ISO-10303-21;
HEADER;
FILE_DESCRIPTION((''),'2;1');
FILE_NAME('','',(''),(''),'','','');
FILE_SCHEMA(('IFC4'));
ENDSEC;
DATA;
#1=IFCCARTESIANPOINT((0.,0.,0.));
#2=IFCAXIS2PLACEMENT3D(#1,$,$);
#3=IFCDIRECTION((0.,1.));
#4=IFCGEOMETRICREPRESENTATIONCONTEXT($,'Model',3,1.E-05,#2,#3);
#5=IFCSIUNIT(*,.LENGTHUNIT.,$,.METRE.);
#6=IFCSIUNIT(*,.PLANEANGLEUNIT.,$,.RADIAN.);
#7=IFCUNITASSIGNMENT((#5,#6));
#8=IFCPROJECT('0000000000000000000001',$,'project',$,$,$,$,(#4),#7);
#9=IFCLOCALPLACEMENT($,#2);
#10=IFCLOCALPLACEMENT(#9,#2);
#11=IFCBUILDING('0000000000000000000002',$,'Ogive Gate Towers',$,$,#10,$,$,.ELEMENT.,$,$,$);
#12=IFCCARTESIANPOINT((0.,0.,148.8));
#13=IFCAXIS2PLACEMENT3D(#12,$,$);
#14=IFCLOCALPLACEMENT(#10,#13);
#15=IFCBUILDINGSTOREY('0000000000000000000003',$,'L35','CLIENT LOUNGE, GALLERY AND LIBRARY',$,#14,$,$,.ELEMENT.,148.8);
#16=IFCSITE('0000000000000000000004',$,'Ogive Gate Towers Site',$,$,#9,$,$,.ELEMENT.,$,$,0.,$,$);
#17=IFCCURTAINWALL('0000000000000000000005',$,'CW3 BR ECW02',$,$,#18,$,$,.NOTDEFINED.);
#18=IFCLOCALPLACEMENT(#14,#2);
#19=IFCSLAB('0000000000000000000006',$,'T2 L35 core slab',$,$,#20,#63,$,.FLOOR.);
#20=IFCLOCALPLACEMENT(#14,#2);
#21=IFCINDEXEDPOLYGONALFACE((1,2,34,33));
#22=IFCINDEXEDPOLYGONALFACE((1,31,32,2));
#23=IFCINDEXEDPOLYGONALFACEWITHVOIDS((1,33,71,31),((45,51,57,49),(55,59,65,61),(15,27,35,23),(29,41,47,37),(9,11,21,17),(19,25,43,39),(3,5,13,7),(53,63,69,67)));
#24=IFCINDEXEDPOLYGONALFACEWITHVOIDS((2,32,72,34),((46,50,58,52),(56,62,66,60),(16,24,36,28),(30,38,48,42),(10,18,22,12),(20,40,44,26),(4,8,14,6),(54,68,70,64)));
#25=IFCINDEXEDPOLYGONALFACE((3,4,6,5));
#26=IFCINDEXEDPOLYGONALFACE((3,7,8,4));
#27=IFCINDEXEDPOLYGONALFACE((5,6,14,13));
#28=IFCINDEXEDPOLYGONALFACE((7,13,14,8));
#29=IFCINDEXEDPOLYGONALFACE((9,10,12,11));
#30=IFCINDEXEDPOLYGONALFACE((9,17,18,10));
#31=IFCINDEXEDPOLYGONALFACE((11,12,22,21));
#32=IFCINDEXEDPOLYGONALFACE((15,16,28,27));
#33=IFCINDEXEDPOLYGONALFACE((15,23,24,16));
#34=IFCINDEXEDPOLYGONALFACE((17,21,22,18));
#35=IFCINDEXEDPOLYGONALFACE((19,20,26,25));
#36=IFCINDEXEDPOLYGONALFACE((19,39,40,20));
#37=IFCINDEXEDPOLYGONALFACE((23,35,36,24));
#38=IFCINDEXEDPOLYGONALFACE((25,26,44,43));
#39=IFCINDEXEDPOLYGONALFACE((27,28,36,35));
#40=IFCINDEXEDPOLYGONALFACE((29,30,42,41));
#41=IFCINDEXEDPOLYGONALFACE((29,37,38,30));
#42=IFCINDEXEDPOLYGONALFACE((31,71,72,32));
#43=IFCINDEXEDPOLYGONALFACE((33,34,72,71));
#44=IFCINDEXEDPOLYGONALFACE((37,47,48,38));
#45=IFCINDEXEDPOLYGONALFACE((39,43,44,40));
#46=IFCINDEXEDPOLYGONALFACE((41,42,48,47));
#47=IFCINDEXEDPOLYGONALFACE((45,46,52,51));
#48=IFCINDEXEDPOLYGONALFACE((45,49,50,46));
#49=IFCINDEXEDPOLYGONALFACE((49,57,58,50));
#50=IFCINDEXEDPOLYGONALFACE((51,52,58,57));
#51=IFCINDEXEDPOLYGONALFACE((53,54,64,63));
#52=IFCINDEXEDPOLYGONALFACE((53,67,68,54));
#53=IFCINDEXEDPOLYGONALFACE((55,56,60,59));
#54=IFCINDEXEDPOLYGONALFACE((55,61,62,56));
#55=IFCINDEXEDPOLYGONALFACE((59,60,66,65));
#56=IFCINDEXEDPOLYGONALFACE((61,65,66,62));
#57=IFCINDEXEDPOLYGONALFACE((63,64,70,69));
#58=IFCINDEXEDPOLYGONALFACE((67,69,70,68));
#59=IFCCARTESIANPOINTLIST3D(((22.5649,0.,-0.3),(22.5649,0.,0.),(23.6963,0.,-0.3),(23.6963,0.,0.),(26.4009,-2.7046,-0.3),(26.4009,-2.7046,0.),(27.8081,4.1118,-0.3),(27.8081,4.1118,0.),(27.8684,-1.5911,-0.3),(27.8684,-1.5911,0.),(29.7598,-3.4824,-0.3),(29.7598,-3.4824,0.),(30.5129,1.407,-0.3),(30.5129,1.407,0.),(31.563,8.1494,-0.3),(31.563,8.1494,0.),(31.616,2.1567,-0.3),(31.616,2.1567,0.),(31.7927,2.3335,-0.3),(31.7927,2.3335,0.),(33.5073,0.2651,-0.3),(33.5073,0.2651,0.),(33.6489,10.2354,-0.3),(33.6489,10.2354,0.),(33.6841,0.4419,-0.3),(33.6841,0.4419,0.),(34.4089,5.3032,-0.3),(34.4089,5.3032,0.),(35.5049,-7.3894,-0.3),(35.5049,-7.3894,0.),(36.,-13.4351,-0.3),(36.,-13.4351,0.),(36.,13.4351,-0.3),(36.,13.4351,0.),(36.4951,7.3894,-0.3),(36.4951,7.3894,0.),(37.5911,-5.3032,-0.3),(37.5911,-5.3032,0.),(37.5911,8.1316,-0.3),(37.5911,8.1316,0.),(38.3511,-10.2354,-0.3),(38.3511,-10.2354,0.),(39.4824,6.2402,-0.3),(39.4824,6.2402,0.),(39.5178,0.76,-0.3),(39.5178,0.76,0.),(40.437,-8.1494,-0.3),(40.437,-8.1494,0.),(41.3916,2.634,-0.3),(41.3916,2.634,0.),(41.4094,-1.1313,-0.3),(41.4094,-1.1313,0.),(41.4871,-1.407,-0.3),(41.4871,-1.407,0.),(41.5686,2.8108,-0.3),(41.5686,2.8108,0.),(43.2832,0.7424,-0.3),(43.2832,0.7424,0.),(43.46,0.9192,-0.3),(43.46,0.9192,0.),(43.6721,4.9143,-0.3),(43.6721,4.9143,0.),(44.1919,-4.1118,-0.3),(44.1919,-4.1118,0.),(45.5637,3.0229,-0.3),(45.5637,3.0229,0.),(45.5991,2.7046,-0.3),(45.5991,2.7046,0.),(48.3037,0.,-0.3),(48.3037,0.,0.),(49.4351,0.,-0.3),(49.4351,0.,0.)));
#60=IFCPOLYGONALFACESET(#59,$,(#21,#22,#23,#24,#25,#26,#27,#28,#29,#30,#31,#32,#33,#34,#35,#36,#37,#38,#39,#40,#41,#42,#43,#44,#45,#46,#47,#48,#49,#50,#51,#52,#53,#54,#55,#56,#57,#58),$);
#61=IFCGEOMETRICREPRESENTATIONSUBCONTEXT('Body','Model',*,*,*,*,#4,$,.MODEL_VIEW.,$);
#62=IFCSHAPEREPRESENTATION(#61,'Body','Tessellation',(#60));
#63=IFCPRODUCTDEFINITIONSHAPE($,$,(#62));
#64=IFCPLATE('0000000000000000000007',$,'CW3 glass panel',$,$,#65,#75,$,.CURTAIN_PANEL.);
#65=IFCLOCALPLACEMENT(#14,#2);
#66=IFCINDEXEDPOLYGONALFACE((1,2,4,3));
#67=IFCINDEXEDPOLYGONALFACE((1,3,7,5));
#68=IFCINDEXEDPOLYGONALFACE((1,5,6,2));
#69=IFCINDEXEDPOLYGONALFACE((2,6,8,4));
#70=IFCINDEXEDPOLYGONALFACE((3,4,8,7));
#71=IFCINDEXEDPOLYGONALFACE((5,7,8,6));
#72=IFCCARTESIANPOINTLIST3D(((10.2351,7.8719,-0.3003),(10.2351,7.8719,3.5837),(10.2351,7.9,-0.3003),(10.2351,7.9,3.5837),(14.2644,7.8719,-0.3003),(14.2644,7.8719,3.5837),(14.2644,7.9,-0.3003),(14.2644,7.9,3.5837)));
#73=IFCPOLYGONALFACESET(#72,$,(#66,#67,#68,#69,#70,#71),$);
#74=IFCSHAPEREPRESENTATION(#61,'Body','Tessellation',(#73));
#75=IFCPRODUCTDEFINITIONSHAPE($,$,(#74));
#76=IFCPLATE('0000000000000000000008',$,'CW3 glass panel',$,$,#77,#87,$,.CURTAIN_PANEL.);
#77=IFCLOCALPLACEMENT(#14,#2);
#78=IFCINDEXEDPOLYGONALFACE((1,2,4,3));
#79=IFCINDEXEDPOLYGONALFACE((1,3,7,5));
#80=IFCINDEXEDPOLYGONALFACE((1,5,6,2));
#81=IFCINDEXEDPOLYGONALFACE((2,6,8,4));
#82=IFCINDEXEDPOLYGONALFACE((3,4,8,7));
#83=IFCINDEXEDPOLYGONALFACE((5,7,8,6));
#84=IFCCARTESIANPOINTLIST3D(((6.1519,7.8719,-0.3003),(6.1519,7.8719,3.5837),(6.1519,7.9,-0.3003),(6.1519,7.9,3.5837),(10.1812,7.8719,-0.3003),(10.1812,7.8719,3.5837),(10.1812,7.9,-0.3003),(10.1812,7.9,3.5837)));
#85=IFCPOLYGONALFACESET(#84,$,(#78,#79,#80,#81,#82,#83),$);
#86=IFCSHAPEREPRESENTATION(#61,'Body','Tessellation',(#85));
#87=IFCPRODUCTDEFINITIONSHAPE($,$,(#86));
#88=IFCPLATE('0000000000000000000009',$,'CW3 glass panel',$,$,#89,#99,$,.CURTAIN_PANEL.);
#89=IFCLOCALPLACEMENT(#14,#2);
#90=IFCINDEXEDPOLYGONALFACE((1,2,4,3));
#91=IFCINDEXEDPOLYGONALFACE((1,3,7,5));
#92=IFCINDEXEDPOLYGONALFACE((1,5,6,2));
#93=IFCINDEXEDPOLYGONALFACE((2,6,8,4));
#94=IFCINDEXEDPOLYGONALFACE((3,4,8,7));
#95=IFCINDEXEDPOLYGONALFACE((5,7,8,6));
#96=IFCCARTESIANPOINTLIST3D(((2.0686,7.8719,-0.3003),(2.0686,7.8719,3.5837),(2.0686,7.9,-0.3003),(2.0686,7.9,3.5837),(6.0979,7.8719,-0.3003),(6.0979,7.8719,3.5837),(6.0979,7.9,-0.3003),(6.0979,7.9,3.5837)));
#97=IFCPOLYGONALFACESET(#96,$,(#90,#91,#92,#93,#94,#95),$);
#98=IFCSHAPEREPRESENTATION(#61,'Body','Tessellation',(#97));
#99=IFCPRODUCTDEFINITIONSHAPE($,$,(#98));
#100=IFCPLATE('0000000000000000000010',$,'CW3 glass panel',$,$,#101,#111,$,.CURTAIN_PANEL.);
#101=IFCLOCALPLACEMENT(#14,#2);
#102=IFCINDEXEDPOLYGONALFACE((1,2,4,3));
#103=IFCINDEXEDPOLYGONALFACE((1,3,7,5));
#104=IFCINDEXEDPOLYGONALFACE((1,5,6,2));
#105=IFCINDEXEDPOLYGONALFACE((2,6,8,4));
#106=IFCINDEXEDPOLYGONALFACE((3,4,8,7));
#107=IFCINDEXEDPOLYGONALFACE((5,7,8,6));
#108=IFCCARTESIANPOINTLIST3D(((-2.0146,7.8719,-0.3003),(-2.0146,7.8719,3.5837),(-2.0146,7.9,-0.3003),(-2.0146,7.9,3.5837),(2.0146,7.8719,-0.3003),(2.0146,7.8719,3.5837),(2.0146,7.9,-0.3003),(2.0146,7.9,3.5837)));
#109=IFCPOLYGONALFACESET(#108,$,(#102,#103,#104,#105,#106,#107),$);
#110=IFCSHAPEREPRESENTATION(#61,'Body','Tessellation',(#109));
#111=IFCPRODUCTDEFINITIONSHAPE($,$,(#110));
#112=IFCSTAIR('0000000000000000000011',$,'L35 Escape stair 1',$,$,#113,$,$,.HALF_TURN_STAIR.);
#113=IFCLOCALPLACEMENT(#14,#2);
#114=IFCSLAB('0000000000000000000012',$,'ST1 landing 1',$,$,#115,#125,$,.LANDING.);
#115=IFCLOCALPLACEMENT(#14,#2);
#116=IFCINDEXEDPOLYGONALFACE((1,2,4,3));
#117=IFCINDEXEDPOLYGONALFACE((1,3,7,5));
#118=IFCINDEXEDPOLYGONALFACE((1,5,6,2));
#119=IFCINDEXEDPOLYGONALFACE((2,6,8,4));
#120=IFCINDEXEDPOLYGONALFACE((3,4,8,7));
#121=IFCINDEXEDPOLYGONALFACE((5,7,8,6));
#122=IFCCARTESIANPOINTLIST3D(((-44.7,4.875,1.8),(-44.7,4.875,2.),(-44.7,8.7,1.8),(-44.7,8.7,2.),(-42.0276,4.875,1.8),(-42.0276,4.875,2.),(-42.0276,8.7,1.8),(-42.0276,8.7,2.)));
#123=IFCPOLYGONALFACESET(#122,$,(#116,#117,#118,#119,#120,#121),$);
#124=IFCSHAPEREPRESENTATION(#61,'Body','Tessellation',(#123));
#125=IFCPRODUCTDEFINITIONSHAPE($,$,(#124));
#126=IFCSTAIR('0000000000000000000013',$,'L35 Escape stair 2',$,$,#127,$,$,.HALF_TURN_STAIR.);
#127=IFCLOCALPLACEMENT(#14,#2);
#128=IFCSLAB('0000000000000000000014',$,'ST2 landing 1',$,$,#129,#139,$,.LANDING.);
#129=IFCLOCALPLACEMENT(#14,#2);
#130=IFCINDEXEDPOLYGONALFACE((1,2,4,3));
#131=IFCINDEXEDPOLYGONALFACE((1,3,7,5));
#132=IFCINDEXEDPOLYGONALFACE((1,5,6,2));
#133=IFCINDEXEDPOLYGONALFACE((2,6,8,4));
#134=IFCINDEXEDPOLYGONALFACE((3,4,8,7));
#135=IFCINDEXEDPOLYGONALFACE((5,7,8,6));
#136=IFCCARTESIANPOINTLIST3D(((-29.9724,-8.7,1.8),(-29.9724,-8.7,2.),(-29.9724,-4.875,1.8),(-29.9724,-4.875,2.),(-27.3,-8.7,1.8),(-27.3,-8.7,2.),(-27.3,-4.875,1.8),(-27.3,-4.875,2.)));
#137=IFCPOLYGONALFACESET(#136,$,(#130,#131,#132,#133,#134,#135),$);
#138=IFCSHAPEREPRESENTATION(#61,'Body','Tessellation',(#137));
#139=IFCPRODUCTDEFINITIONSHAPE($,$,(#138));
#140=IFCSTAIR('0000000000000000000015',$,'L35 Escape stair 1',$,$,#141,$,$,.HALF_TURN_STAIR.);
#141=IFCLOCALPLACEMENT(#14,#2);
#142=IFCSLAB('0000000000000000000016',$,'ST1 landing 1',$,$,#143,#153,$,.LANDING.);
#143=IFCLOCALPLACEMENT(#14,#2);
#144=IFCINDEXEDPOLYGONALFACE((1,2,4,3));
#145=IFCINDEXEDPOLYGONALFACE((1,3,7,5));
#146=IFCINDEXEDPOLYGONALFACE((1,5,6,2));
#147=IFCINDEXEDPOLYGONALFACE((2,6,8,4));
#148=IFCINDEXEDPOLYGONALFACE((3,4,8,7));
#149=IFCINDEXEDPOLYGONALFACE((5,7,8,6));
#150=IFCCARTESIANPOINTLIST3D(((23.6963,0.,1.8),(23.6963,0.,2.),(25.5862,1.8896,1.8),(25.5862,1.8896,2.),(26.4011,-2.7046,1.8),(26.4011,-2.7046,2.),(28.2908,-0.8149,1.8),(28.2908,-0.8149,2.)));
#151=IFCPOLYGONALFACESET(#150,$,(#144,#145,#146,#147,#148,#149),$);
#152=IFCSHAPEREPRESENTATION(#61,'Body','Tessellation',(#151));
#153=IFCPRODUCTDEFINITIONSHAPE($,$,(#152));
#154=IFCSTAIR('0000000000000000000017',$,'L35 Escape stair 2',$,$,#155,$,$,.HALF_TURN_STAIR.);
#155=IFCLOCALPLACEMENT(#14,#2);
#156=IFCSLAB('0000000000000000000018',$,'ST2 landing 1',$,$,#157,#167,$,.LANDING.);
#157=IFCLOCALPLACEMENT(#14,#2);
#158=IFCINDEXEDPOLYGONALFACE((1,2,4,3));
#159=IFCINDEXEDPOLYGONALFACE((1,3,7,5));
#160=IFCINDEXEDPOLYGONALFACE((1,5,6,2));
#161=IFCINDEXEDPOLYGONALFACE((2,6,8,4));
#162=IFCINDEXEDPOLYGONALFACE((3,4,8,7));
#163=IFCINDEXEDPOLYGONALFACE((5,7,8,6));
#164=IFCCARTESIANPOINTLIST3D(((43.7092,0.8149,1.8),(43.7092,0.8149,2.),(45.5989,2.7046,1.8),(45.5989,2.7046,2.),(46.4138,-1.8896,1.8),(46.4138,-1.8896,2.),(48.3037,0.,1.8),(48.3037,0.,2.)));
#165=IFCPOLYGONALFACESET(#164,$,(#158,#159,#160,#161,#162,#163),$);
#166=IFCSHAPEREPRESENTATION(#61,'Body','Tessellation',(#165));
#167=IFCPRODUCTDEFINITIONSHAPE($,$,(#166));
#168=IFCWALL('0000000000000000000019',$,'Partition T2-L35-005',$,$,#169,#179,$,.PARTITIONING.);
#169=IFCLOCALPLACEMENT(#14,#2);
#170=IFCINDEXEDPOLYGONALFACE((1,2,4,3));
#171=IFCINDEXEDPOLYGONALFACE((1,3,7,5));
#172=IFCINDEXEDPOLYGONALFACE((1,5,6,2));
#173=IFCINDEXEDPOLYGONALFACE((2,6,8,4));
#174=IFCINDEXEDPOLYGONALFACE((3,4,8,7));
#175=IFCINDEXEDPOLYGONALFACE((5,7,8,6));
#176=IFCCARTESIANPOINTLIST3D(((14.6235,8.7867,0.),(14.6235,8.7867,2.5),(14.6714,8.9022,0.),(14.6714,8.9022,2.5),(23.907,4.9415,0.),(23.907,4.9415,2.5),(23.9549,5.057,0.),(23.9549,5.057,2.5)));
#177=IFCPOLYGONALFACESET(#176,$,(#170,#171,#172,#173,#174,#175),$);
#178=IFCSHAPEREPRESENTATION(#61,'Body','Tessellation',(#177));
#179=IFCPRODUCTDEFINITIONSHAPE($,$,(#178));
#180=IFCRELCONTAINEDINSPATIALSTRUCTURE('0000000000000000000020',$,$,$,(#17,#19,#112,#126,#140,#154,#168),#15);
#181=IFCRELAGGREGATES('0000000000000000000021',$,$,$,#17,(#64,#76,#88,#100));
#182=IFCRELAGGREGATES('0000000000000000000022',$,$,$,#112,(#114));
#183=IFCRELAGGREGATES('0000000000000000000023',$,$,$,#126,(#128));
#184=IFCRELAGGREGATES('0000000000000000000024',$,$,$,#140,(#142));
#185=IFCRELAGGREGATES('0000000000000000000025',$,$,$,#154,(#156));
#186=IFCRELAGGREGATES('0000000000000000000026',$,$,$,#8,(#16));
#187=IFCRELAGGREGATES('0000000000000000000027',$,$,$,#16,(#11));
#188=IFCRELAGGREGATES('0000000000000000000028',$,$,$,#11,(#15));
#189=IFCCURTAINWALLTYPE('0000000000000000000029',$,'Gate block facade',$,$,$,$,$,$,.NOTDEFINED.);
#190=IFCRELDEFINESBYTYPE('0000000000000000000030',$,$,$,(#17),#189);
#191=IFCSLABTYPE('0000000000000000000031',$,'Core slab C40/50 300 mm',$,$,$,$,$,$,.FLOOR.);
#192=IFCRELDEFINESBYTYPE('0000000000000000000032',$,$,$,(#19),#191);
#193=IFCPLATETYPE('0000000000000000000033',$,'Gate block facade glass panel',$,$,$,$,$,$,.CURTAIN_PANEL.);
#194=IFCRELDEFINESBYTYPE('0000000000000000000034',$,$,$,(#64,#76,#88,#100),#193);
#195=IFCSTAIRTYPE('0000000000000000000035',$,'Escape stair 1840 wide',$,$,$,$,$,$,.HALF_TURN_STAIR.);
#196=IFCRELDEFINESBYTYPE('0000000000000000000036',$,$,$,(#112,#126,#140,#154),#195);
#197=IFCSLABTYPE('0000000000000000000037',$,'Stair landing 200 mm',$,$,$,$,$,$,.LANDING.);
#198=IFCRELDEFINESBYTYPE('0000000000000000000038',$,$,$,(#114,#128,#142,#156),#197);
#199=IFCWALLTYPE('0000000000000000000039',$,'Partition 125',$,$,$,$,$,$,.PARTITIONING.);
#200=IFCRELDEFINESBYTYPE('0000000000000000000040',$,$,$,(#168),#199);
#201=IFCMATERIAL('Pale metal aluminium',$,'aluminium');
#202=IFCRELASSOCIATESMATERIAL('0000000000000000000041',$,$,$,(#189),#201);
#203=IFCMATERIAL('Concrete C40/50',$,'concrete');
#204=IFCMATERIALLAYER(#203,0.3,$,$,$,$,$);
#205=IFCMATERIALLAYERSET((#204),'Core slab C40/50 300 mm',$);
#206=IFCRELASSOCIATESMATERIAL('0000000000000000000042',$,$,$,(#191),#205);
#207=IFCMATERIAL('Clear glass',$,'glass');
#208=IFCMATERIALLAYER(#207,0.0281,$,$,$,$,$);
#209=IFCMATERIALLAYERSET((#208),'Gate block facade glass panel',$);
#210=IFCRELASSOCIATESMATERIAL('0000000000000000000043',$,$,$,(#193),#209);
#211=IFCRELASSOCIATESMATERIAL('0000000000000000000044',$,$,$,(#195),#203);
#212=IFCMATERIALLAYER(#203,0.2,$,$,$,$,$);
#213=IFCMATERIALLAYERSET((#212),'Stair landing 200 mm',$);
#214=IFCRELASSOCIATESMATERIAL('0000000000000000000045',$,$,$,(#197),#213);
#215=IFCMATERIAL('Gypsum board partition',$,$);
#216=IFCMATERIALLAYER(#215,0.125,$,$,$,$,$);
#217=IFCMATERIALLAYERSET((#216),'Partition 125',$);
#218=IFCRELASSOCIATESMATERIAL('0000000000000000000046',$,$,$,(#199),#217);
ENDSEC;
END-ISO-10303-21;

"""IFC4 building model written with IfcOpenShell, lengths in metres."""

from ifc_helpers import new_model, si_unit, direction, frame, frame_2d, origin, origin_2d, place, context, subcontext, project, spatial, polyline, rectangle, outline, extrude, material, layer, layer_set, type_object, element, aggregate, save


model = new_model("IFC4")

# Units and contexts
model_context = context("Model", 3, precision=1e-05, world=origin(), true_north=direction((0.0, 1.0)))
body_context = subcontext(model_context, "Body", "Model", "MODEL_VIEW")
ifc_project = project(units=[si_unit("LENGTHUNIT", "METRE"), si_unit("PLANEANGLEUNIT", "RADIAN")], contexts=[model_context])

# Site, building, storey
site_placement = place(None, origin())
site = spatial("IfcSite", under=ifc_project, at=site_placement, Name="Ogive Gate Towers Site", CompositionType="ELEMENT", RefElevation=0.0)
building_placement = place(site_placement, origin())
building = spatial("IfcBuilding", under=site, at=building_placement, Name="Ogive Gate Towers", CompositionType="ELEMENT")
storey_placement = place(building_placement, frame((0.0, 0.0, 148.8)))
storey = spatial("IfcBuildingStorey", under=building, at=storey_placement, Name="L35", Description="CLIENT LOUNGE, GALLERY AND LIBRARY", CompositionType="ELEMENT", Elevation=148.8)

# Curtain wall
ifc_material_1 = material(Name="Pale metal aluminium", Category="aluminium")
curtain_wall_type_1 = type_object("IfcCurtainWallType", Name="Gate block facade", PredefinedType="NOTDEFINED", material=ifc_material_1)
curtain_wall_1_placement = place(storey_placement, origin())
curtain_wall_1 = element("IfcCurtainWall", 1, at=curtain_wall_1_placement, inside=storey, type_object=curtain_wall_type_1, Name="CW3 BR ECW02", PredefinedType="NOTDEFINED")

# Slab
ifc_material_2 = material(Name="Concrete C40/50", Category="concrete")
ifc_layer_1 = layer(ifc_material_2, 0.3)
ifc_layer_set_1 = layer_set([ifc_layer_1], Name="Core slab C40/50 300 mm")
slab_type_1 = type_object("IfcSlabType", Name="Core slab C40/50 300 mm", PredefinedType="FLOOR", material=ifc_layer_set_1)
slab_1_placement = place(storey_placement, frame((0.0, 0.0, -0.3)))
element("IfcSlab", 2, at=slab_1_placement, inside=storey, type_object=slab_type_1, Name="T2 L35 core slab", PredefinedType="FLOOR", context=body_context, shape_type="SweptSolid", body=[
    extrude(outline(polyline([(36.0, -13.4351), (22.5649, 0.0), (36.0, 13.4351), (49.4351, 0.0), (36.0, -13.4351)]), holes=[polyline([(29.7598, -3.4824), (33.5073, 0.2651), (31.616, 2.1567), (27.8684, -1.5911), (29.7598, -3.4824)]), polyline([(31.7927, 2.3335), (33.6841, 0.4419), (39.4824, 6.2402), (37.5911, 8.1316), (31.7927, 2.3335)]), polyline([(41.3916, 2.634), (39.5178, 0.76), (41.4094, -1.1313), (43.2832, 0.7424), (41.3916, 2.634)]), polyline([(45.5637, 3.0229), (43.6721, 4.9143), (41.5686, 2.8108), (43.46, 0.9192), (45.5637, 3.0229)]), polyline([(34.4089, 5.3032), (36.4951, 7.3894), (33.6489, 10.2354), (31.563, 8.1494), (34.4089, 5.3032)]), polyline([(35.5049, -7.3894), (38.3511, -10.2354), (40.437, -8.1494), (37.5911, -5.3032), (35.5049, -7.3894)]), polyline([(26.4009, -2.7046), (30.5129, 1.407), (27.8081, 4.1118), (23.6963, 0.0), (26.4009, -2.7046)]), polyline([(48.3037, 0.0), (45.5991, 2.7046), (41.4871, -1.407), (44.1919, -4.1118), (48.3037, 0.0)])]), origin(), (0.0, 0.0, 1.0), 0.3),
])

# Plates
ifc_material_3 = material(Name="Clear glass", Category="glass")
ifc_layer_2 = layer(ifc_material_3, 0.0281)
ifc_layer_set_2 = layer_set([ifc_layer_2], Name="Gate block facade glass panel")
plate_type = type_object("IfcPlateType", Name="Gate block facade glass panel", PredefinedType="CURTAIN_PANEL", material=ifc_layer_set_2)
plate_1_placement = place(storey_placement, frame((12.2498, 7.886, -0.3003), z_axis=(0.0, 0.0, 1.0), x_axis=(-1.0, 0.0, 0.0)))
plate_1 = element("IfcPlate", 3, at=plate_1_placement, type_object=plate_type, Name="CW3 glass panel", PredefinedType="CURTAIN_PANEL", context=body_context, shape_type="SweptSolid", body=[
    extrude(rectangle(XDim=4.0293, YDim=0.0281, at=origin_2d()), origin(), (0.0, 0.0, 1.0), 3.884),
])
plate_2_placement = place(storey_placement, frame((8.1665, 7.886, -0.3003), z_axis=(0.0, 0.0, 1.0), x_axis=(-1.0, 0.0, 0.0)))
plate_2 = element("IfcPlate", 4, at=plate_2_placement, type_object=plate_type, Name="CW3 glass panel", PredefinedType="CURTAIN_PANEL", context=body_context, shape_type="SweptSolid", body=[
    extrude(rectangle(XDim=4.0293, YDim=0.0281, at=origin_2d()), origin(), (0.0, 0.0, 1.0), 3.884),
])
plate_3_placement = place(storey_placement, frame((4.0833, 7.886, -0.3003), z_axis=(0.0, 0.0, 1.0), x_axis=(-1.0, 0.0, 0.0)))
plate_3 = element("IfcPlate", 5, at=plate_3_placement, type_object=plate_type, Name="CW3 glass panel", PredefinedType="CURTAIN_PANEL", context=body_context, shape_type="SweptSolid", body=[
    extrude(rectangle(XDim=4.0293, YDim=0.0281, at=origin_2d()), origin(), (0.0, 0.0, 1.0), 3.884),
])
plate_4_placement = place(storey_placement, frame((0.0, 7.886, -0.3003), z_axis=(0.0, 0.0, 1.0), x_axis=(-1.0, 0.0, 0.0)))
plate_4 = element("IfcPlate", 6, at=plate_4_placement, type_object=plate_type, Name="CW3 glass panel", PredefinedType="CURTAIN_PANEL", context=body_context, shape_type="SweptSolid", body=[
    extrude(rectangle(XDim=4.0293, YDim=0.0281, at=origin_2d()), origin(), (0.0, 0.0, 1.0), 3.884),
])
aggregate(curtain_wall_1, [plate_1, plate_2, plate_3, plate_4])

# Stairs, slabs
stair_type = type_object("IfcStairType", Name="Escape stair 1840 wide", PredefinedType="HALF_TURN_STAIR", material=ifc_material_2)
stair_1_placement = place(storey_placement, origin())
stair_1 = element("IfcStair", 7, at=stair_1_placement, inside=storey, type_object=stair_type, Name="L35 Escape stair 1", PredefinedType="HALF_TURN_STAIR")
ifc_layer_3 = layer(ifc_material_2, 0.2)
ifc_layer_set_3 = layer_set([ifc_layer_3], Name="Stair landing 200 mm")
slab_type_2 = type_object("IfcSlabType", Name="Stair landing 200 mm", PredefinedType="LANDING", material=ifc_layer_set_3)
slab_2_placement = place(storey_placement, frame((0.0, 0.0, 1.8)))
slab_2 = element("IfcSlab", 8, at=slab_2_placement, type_object=slab_type_2, Name="ST1 landing 1", PredefinedType="LANDING", context=body_context, shape_type="SweptSolid", body=[
    extrude(outline(polyline([(-42.0276, 8.7), (-44.7, 8.7), (-44.7, 4.875), (-42.0276, 4.875), (-42.0276, 8.7)])), origin(), (0.0, 0.0, 1.0), 0.2),
])
aggregate(stair_1, [slab_2])
stair_2_placement = place(storey_placement, origin())
stair_2 = element("IfcStair", 9, at=stair_2_placement, inside=storey, type_object=stair_type, Name="L35 Escape stair 2", PredefinedType="HALF_TURN_STAIR")
slab_3_placement = place(storey_placement, frame((0.0, 0.0, 1.8)))
slab_3 = element("IfcSlab", 10, at=slab_3_placement, type_object=slab_type_2, Name="ST2 landing 1", PredefinedType="LANDING", context=body_context, shape_type="SweptSolid", body=[
    extrude(outline(polyline([(-29.9724, -8.7), (-27.3, -8.7), (-27.3, -4.875), (-29.9724, -4.875), (-29.9724, -8.7)])), origin(), (0.0, 0.0, 1.0), 0.2),
])
aggregate(stair_2, [slab_3])
stair_3_placement = place(storey_placement, origin())
stair_3 = element("IfcStair", 11, at=stair_3_placement, inside=storey, type_object=stair_type, Name="L35 Escape stair 1", PredefinedType="HALF_TURN_STAIR")
slab_4_placement = place(storey_placement, frame((0.0, 0.0, 1.8)))
slab_4 = element("IfcSlab", 12, at=slab_4_placement, type_object=slab_type_2, Name="ST1 landing 1", PredefinedType="LANDING", context=body_context, shape_type="SweptSolid", body=[
    extrude(outline(polyline([(25.5862, 1.8896), (23.6963, 0.0), (26.4011, -2.7046), (28.2908, -0.8149), (25.5862, 1.8896)])), origin(), (0.0, 0.0, 1.0), 0.2),
])
aggregate(stair_3, [slab_4])
stair_4_placement = place(storey_placement, origin())
stair_4 = element("IfcStair", 13, at=stair_4_placement, inside=storey, type_object=stair_type, Name="L35 Escape stair 2", PredefinedType="HALF_TURN_STAIR")
slab_5_placement = place(storey_placement, frame((0.0, 0.0, 1.8)))
slab_5 = element("IfcSlab", 14, at=slab_5_placement, type_object=slab_type_2, Name="ST2 landing 1", PredefinedType="LANDING", context=body_context, shape_type="SweptSolid", body=[
    extrude(outline(polyline([(46.4138, -1.8896), (48.3037, 0.0), (45.5989, 2.7046), (43.7092, 0.8149), (46.4138, -1.8896)])), origin(), (0.0, 0.0, 1.0), 0.2),
])
aggregate(stair_4, [slab_5])

# Wall
ifc_material_4 = material(Name="Gypsum board partition")
ifc_layer_4 = layer(ifc_material_4, 0.125)
ifc_layer_set_4 = layer_set([ifc_layer_4], Name="Partition 125")
wall_type_1 = type_object("IfcWallType", Name="Partition 125", PredefinedType="PARTITIONING", material=ifc_layer_set_4)
wall_1_placement = place(storey_placement, frame((14.6475, 8.8445, 0.0), z_axis=(0.0, 0.0, 1.0), x_axis=(0.923884, -0.382674, 0.0)))
element("IfcWall", 15, at=wall_1_placement, inside=storey, type_object=wall_type_1, Name="Partition T2-L35-005", PredefinedType="PARTITIONING", context=body_context, shape_type="SweptSolid", body=[
    extrude(rectangle(XDim=10.0483, YDim=0.125, at=frame_2d((5.0242, 0.0))), origin(), (0.0, 0.0, 1.0), 2.5),
])

save(model, "model.ifc")
